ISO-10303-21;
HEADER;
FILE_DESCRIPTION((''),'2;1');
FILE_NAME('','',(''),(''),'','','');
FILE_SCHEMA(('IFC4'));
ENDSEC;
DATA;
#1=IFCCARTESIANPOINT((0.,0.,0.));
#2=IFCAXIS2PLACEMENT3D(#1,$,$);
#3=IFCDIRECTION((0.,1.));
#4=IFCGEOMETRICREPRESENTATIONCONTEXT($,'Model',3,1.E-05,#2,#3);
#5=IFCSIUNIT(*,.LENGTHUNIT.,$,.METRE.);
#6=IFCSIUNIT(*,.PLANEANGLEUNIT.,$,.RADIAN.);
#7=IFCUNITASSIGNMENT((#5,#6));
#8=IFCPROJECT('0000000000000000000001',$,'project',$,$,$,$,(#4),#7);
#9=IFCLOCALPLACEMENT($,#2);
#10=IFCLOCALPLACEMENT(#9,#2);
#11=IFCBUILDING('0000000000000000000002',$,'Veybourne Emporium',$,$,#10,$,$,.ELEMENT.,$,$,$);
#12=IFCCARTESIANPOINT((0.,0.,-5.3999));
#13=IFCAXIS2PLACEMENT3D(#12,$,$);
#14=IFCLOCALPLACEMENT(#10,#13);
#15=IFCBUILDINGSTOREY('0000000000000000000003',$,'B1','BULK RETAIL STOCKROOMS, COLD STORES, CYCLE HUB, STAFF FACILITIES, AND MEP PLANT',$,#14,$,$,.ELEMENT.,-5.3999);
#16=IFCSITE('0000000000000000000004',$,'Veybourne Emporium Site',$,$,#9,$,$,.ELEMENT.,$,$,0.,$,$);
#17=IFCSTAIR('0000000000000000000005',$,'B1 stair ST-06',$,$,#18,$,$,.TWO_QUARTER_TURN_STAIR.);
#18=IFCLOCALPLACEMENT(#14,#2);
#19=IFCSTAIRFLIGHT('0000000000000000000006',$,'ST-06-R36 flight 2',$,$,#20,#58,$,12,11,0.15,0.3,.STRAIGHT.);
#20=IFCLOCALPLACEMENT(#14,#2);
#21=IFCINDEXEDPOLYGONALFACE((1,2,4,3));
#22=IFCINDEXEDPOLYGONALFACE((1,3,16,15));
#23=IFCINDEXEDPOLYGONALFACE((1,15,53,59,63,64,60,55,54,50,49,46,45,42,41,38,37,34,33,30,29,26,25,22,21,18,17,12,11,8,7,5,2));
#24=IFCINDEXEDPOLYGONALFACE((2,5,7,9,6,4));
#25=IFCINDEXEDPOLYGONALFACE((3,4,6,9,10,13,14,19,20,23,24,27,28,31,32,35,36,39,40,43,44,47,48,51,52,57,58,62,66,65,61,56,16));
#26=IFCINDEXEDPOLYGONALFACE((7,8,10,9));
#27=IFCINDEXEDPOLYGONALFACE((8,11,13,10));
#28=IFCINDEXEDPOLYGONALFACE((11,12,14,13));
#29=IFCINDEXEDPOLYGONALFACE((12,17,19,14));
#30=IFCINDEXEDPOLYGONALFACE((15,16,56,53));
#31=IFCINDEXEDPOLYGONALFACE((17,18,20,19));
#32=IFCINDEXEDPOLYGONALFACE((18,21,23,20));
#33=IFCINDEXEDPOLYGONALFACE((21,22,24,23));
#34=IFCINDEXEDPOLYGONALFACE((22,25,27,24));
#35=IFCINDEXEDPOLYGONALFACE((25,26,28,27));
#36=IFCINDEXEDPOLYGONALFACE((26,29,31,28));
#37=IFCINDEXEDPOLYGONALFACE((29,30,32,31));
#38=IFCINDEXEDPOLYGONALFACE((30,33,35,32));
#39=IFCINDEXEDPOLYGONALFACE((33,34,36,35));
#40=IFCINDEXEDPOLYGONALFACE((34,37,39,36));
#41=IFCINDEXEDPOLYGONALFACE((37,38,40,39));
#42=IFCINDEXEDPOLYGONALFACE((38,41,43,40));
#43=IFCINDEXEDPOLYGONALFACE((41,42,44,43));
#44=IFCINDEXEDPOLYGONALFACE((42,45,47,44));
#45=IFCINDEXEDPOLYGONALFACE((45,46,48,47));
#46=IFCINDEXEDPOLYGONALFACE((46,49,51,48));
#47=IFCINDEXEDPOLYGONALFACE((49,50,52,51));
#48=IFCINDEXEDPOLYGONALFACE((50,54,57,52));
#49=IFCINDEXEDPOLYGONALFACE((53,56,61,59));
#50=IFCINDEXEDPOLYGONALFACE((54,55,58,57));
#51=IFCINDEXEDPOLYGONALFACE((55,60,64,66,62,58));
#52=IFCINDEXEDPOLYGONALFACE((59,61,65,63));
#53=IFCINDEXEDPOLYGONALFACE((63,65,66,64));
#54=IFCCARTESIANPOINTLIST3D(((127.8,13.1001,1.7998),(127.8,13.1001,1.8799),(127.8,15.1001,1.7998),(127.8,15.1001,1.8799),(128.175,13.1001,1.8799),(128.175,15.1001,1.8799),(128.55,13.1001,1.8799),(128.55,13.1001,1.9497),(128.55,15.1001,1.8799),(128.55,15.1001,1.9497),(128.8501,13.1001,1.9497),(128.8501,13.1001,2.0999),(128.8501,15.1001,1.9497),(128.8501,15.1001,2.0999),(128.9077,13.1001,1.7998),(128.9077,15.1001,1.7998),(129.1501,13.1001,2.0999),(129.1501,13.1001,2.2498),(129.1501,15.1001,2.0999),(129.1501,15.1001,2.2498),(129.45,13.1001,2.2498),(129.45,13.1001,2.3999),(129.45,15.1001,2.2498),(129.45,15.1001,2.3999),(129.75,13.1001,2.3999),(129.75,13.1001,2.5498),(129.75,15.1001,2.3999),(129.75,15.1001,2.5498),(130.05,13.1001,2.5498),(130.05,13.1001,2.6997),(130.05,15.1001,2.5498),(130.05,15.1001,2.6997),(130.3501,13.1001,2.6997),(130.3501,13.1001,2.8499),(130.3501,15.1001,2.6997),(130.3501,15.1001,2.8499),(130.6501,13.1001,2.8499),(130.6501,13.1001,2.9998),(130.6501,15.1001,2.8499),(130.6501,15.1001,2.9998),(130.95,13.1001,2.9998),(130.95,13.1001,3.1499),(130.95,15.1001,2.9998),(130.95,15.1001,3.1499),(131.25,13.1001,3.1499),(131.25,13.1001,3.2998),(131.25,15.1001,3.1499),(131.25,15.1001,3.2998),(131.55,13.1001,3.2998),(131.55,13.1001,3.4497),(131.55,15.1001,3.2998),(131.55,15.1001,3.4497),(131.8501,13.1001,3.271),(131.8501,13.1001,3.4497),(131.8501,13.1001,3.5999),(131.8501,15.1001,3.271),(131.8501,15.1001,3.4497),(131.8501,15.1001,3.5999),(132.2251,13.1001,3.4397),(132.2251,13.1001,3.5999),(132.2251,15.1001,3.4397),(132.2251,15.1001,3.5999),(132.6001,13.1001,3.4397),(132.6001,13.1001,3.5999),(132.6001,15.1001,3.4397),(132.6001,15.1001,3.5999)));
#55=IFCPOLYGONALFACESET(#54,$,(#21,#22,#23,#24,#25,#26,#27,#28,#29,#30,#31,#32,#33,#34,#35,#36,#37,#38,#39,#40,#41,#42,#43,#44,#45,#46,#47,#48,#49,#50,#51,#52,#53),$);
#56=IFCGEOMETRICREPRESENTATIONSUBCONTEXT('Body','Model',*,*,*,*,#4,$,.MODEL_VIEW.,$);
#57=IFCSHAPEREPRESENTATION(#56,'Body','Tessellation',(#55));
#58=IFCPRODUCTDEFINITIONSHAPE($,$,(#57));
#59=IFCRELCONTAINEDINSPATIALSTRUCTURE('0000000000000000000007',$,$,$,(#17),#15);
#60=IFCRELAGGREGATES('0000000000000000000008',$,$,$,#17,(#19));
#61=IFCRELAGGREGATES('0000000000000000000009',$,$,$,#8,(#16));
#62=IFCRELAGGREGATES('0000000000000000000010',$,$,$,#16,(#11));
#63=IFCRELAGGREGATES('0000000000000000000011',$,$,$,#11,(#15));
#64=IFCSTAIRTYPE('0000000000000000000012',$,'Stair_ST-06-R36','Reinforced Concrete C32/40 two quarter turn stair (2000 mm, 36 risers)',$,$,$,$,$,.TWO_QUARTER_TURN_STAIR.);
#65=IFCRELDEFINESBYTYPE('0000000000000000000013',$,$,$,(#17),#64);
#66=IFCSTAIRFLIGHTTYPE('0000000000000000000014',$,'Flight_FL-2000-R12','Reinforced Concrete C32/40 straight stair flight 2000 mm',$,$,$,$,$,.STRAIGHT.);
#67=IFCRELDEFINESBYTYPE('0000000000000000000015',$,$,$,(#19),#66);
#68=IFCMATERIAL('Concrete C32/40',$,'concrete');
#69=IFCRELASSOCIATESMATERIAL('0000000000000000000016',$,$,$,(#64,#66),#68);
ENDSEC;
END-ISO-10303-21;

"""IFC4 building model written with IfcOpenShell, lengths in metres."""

from ifc_helpers import new_model, si_unit, direction, frame, origin, place, context, subcontext, project, spatial, polyline, outline, extrude, material, type_object, element, aggregate, save


model = new_model("IFC4")

# Units and contexts
model_context = context("Model", 3, precision=1e-05, world=origin(), true_north=direction((0.0, 1.0)))
body_context = subcontext(model_context, "Body", "Model", "MODEL_VIEW")
ifc_project = project(units=[si_unit("LENGTHUNIT", "METRE"), si_unit("PLANEANGLEUNIT", "RADIAN")], contexts=[model_context])

# Site, building, storey
site_placement = place(None, origin())
site = spatial("IfcSite", under=ifc_project, at=site_placement, Name="Veybourne Emporium Site", CompositionType="ELEMENT", RefElevation=0.0)
building_placement = place(site_placement, origin())
building = spatial("IfcBuilding", under=site, at=building_placement, Name="Veybourne Emporium", CompositionType="ELEMENT")
storey_placement = place(building_placement, frame((0.0, 0.0, -5.3999)))
storey = spatial("IfcBuildingStorey", under=building, at=storey_placement, Name="B1", Description="BULK RETAIL STOCKROOMS, COLD STORES, CYCLE HUB, STAFF FACILITIES, AND MEP PLANT", CompositionType="ELEMENT", Elevation=-5.3999)

# Shared definitions
ifc_material_1 = material(Name="Concrete C32/40", Category="concrete")

# Stair, stair flight
stair_type = type_object("IfcStairType", Name="Stair_ST-06-R36", Description="Reinforced Concrete C32/40 two quarter turn stair (2000 mm, 36 risers)", PredefinedType="TWO_QUARTER_TURN_STAIR", material=ifc_material_1)
stair_placement = place(storey_placement, origin())
stair = element("IfcStair", 1, at=stair_placement, inside=storey, type_object=stair_type, Name="B1 stair ST-06", PredefinedType="TWO_QUARTER_TURN_STAIR")
stair_flight_type = type_object("IfcStairFlightType", Name="Flight_FL-2000-R12", Description="Reinforced Concrete C32/40 straight stair flight 2000 mm", PredefinedType="STRAIGHT", material=ifc_material_1)
stair_flight_placement = place(storey_placement, frame((128.55, 14.1001, 1.7998), z_axis=(0.0, 0.0, 1.0), x_axis=(1.0, 0.0, 0.0)))
stair_flight = element("IfcStairFlight", 2, at=stair_flight_placement, type_object=stair_flight_type, Name="ST-06-R36 flight 2", NumberOfRisers=12, NumberOfTreads=11, PredefinedType="STRAIGHT", RiserHeight=0.15, TreadLength=0.3, context=body_context, shape_type="SweptSolid", body=[
    extrude(outline(polyline([(-0.75, 0.0), (-0.75, 0.0801), (-0.375, 0.0801), (0.0, 0.0801), (0.0, 0.1499), (0.3, 0.1499), (0.3, 0.3), (0.6001, 0.3), (0.6001, 0.45), (0.8999, 0.45), (0.8999, 0.6001), (1.2, 0.6001), (1.2, 0.75), (1.5, 0.75), (1.5, 0.8999), (1.8, 0.8999), (1.8, 1.05), (2.1001, 1.05), (2.1001, 1.2), (2.3999, 1.2), (2.3999, 1.3501), (2.7, 1.3501), (2.7, 1.5), (3.0, 1.5), (3.0, 1.6499), (3.3, 1.6499), (3.3, 1.8), (3.675, 1.8), (4.05, 1.8), (4.05, 1.6399), (3.675, 1.6399), (3.3, 1.4712), (0.3577, 0.0), (-0.75, 0.0)])), frame((0.0, 1.0, 0.0), z_axis=(0.0, -1.0, 0.0), x_axis=(1.0, 0.0, 0.0)), (0.0, 0.0, 1.0), 2.0),
])
aggregate(stair, [stair_flight])

save(model, "model.ifc")
